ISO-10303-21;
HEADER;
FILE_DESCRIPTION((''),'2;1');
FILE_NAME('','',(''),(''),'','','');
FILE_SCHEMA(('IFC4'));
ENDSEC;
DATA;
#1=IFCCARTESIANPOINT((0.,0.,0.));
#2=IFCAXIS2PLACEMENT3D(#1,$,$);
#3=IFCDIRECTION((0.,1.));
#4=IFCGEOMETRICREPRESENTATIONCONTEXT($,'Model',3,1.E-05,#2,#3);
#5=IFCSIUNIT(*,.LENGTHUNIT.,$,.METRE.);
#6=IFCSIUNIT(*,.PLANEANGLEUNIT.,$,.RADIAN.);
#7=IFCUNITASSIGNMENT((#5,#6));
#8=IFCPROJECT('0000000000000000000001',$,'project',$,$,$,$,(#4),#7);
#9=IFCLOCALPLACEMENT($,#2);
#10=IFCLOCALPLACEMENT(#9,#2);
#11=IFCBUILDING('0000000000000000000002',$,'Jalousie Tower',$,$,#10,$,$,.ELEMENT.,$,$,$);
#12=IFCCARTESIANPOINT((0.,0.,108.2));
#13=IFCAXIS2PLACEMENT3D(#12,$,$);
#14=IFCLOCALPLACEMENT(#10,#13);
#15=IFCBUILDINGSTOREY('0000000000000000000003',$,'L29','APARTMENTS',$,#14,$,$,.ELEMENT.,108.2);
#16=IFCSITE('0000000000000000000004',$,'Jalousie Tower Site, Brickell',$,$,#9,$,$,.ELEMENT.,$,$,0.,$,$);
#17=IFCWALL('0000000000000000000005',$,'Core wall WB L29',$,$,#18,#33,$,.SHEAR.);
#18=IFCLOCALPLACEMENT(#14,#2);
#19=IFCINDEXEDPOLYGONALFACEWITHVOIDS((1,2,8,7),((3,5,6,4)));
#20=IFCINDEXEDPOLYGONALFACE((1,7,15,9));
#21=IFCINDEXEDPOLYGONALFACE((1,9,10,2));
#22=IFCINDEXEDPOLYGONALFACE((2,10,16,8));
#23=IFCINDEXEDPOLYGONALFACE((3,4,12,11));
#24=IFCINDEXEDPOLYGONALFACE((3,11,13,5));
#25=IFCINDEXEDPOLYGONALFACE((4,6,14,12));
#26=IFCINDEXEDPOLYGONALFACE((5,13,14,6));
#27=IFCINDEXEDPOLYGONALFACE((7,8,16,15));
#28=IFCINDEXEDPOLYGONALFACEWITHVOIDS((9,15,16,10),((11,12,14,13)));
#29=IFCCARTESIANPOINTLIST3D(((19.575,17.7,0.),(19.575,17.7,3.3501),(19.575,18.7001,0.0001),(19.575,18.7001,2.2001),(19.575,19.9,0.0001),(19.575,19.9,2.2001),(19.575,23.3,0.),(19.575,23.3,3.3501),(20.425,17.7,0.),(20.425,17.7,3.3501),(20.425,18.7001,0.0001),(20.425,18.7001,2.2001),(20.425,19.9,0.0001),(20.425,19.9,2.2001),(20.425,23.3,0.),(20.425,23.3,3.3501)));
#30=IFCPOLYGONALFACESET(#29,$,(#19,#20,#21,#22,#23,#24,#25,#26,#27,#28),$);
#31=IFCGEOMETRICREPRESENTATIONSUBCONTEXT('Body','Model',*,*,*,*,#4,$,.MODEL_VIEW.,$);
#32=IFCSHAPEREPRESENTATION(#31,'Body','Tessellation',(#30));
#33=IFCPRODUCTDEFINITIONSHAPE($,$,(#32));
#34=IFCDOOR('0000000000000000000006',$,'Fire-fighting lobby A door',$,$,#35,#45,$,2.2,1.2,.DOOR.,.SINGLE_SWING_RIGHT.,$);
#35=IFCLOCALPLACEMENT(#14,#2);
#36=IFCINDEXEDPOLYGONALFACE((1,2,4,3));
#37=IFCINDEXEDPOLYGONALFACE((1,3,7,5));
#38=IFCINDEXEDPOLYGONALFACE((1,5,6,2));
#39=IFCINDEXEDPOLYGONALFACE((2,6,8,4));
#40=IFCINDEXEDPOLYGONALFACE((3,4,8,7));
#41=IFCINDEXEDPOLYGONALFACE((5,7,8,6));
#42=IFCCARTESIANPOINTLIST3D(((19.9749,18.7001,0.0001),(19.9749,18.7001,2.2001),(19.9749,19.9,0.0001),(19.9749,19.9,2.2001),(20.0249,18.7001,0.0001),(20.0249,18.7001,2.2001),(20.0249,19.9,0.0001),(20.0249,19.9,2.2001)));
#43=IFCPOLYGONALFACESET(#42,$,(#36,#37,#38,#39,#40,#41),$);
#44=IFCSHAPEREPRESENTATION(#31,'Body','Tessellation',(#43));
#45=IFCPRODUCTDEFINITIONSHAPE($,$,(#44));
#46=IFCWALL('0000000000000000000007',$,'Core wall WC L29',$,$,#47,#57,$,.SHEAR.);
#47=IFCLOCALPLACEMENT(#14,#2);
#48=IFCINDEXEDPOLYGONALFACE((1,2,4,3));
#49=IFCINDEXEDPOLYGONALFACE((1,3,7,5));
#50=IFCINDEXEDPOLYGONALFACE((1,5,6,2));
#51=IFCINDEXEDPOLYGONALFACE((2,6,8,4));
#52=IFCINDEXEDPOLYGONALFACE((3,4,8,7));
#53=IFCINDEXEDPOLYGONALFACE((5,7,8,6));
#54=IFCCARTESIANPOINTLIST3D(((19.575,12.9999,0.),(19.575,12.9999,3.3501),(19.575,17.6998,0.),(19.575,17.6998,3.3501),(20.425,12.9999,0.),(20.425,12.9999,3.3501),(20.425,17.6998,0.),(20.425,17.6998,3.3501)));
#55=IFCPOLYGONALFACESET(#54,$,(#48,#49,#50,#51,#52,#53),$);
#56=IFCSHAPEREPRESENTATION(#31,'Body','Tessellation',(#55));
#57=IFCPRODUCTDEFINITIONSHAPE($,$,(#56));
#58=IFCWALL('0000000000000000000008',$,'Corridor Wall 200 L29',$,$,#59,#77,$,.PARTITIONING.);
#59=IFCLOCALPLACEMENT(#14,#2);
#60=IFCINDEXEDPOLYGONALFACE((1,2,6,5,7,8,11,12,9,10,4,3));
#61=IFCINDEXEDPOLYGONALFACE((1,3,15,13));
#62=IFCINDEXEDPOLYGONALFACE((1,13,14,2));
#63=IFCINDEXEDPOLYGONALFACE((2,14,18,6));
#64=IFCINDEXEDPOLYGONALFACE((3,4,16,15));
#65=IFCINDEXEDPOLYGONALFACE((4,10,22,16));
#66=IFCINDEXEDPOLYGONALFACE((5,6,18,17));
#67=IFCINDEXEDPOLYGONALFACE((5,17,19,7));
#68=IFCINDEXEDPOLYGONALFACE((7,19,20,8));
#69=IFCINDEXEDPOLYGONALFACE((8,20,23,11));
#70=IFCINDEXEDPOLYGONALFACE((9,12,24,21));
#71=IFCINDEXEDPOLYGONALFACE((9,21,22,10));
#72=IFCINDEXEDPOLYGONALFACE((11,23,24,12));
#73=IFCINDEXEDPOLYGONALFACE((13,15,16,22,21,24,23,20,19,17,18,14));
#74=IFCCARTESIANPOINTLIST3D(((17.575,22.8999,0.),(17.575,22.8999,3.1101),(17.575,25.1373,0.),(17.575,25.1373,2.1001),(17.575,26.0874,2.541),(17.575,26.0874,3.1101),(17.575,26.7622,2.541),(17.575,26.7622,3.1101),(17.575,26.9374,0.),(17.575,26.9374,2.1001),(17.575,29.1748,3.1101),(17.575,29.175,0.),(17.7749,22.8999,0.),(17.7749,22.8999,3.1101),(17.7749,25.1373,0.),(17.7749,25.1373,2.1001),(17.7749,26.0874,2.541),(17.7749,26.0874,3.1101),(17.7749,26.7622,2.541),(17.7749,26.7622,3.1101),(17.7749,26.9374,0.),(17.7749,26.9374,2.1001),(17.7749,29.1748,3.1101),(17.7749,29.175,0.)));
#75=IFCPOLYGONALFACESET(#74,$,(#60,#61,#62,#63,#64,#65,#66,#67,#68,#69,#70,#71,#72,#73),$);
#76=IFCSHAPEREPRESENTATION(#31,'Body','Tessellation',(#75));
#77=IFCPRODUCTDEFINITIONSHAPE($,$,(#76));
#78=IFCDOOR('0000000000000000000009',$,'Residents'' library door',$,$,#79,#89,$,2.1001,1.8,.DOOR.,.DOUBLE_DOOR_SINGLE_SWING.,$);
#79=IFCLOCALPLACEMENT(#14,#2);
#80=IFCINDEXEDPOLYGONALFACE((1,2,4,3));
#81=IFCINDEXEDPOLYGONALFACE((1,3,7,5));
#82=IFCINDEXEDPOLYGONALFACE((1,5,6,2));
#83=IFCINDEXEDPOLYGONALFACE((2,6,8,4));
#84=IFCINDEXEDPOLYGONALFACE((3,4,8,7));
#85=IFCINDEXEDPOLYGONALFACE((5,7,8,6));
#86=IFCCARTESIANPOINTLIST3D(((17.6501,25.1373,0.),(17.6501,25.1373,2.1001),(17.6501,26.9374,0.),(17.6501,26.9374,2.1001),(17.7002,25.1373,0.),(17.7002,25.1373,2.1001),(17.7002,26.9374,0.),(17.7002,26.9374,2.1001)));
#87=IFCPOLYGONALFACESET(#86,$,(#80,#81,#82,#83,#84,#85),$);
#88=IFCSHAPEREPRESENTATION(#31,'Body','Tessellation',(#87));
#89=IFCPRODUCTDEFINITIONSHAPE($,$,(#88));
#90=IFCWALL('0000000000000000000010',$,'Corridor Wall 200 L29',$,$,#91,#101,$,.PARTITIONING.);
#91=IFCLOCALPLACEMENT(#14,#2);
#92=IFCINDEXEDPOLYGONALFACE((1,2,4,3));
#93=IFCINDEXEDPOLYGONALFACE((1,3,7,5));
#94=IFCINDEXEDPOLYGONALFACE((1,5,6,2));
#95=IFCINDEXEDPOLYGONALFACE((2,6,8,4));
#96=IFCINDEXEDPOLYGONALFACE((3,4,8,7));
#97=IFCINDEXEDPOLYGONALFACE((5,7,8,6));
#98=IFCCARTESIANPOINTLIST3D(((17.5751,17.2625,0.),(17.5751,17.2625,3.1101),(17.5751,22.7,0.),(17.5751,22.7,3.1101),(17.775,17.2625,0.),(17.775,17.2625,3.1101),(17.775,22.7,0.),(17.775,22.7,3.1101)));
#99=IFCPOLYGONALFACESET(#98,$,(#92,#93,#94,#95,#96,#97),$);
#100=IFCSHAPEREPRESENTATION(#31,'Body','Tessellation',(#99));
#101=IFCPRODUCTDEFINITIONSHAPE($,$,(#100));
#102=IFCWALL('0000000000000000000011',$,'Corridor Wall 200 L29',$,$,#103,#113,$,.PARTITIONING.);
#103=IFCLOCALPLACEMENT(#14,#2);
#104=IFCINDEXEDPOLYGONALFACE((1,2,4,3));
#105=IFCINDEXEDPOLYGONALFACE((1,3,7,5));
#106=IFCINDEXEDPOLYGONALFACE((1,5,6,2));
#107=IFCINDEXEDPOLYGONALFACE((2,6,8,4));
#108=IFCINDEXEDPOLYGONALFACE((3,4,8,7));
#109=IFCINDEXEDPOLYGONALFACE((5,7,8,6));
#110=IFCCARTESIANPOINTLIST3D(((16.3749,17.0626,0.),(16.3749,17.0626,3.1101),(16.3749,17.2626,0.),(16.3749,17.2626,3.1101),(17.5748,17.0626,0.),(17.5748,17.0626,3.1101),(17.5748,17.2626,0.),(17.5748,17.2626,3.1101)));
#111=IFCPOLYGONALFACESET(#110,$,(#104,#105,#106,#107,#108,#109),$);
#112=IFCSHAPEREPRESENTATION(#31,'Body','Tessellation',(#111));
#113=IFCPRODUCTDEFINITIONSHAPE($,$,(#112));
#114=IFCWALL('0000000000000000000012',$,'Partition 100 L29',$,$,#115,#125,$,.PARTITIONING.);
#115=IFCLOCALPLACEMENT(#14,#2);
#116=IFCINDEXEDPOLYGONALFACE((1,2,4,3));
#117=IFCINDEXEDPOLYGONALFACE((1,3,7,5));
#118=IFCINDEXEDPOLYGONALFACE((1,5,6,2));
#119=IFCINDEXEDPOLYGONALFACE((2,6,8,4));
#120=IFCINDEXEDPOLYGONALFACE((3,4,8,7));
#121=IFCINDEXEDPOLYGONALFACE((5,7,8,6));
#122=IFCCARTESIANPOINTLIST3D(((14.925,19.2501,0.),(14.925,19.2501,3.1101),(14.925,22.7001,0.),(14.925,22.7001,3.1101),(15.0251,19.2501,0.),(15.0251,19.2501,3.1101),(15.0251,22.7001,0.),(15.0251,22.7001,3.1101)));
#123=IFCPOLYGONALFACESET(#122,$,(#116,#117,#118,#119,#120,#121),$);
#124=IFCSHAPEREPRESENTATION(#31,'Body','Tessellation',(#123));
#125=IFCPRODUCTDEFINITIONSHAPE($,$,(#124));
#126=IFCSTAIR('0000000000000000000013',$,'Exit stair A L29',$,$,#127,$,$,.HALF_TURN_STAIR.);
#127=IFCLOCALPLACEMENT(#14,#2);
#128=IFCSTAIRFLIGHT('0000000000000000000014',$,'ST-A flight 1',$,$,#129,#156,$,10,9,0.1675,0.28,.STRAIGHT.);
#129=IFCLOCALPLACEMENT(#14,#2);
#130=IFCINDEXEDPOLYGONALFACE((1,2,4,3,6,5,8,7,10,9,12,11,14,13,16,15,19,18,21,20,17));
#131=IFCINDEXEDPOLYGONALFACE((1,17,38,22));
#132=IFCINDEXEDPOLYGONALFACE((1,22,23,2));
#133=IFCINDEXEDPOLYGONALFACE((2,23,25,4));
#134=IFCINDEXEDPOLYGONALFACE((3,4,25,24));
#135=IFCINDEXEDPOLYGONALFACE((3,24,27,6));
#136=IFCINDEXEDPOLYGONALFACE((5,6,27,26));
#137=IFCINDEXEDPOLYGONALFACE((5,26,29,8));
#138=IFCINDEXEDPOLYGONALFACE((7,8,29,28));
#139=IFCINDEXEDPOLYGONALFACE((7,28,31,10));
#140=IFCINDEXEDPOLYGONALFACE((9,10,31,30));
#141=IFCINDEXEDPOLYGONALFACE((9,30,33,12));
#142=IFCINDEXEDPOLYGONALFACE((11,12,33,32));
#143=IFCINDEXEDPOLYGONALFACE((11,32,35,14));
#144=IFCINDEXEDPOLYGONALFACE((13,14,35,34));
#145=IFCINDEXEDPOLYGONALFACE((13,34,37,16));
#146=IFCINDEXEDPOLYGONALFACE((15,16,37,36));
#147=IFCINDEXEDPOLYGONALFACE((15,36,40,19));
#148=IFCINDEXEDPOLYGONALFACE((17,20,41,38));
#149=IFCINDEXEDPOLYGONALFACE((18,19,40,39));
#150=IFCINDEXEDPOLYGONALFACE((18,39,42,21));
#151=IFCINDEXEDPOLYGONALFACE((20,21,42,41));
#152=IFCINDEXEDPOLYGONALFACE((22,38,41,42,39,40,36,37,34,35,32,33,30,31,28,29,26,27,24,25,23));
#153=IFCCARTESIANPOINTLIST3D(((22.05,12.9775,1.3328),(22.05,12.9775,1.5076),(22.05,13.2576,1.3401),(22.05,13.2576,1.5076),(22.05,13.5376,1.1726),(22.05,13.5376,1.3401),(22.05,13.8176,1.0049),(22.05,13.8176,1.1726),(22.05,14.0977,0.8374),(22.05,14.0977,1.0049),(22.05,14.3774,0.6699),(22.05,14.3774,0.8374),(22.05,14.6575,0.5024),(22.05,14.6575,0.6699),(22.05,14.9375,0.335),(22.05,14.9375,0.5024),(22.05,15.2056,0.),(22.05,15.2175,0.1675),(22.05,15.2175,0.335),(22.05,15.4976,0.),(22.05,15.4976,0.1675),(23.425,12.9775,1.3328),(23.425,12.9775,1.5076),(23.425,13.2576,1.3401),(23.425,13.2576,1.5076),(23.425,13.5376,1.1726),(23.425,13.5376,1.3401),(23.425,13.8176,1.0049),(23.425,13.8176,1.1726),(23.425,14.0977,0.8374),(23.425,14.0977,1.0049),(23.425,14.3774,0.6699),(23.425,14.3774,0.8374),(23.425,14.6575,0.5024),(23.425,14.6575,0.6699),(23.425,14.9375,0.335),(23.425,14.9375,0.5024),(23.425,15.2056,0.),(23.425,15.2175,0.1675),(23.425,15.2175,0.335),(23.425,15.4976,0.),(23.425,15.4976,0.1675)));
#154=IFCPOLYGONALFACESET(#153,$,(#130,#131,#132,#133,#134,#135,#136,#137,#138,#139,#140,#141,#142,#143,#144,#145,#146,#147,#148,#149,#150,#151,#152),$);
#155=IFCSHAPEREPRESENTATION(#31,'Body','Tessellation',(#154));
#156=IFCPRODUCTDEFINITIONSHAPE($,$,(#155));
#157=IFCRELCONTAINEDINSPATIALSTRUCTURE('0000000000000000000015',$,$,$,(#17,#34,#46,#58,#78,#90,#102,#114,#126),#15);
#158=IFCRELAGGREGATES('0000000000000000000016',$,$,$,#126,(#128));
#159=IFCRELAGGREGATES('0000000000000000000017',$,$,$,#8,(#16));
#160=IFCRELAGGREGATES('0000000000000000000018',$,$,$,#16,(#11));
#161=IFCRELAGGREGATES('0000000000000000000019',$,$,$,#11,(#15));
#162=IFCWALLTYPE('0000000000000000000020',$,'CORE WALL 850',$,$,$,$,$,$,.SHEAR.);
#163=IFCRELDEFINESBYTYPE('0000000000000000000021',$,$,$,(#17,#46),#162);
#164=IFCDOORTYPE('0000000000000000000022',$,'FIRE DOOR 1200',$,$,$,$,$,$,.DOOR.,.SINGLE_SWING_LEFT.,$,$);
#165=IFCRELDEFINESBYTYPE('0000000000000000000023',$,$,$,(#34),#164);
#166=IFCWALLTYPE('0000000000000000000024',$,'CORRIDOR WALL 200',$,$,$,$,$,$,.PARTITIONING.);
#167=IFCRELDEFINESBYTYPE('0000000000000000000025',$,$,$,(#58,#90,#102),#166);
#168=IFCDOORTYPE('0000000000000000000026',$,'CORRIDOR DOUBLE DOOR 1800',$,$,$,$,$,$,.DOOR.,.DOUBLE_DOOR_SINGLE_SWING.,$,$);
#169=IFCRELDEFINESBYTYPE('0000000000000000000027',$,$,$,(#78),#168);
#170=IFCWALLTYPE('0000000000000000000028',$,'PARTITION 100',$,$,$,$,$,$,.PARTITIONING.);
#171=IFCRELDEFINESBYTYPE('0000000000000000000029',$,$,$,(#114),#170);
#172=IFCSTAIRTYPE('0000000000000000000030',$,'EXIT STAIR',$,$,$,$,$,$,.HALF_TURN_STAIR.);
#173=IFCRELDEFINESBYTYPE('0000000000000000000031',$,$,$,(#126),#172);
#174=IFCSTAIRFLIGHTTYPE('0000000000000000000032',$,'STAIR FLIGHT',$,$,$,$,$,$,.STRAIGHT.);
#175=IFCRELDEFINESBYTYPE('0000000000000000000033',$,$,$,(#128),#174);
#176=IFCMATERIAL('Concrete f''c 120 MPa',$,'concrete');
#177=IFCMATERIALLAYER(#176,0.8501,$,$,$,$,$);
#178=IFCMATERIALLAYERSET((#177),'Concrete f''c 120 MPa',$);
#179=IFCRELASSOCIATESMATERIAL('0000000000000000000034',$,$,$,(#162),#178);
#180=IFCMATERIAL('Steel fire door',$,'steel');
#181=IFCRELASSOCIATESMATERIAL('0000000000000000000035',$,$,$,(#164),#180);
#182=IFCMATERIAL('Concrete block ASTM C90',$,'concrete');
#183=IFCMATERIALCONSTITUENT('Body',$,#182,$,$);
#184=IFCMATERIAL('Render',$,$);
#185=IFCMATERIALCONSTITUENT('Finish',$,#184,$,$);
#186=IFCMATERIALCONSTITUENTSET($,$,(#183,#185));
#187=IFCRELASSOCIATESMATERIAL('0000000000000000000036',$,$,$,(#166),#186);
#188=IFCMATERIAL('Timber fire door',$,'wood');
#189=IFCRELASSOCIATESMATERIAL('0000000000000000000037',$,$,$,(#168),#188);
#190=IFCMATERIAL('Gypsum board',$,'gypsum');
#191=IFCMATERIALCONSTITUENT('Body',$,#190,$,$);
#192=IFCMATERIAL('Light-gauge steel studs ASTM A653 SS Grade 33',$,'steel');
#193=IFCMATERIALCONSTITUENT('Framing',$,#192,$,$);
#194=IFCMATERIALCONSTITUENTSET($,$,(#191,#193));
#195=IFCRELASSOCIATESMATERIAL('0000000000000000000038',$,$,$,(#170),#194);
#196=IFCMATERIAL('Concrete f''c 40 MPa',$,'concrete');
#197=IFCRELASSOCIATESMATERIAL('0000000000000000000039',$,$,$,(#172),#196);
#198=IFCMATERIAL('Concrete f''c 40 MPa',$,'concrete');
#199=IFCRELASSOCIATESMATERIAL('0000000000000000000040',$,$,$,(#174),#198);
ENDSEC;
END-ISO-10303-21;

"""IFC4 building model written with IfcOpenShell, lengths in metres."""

from ifc_helpers import new_model, si_unit, direction, frame, frame_2d, origin, place, context, subcontext, project, spatial, polyline, rectangle, outline, extrude, material, layer, layer_set, constituent, constituent_set, type_object, element, fill, aggregate, save


model = new_model("IFC4")

# Units and contexts
model_context = context("Model", 3, precision=1e-05, world=origin(), true_north=direction((0.0, 1.0)))
body_context = subcontext(model_context, "Body", "Model", "MODEL_VIEW")
ifc_project = project(units=[si_unit("LENGTHUNIT", "METRE"), si_unit("PLANEANGLEUNIT", "RADIAN")], contexts=[model_context])

# Site, building, storey
site_placement = place(None, origin())
site = spatial("IfcSite", under=ifc_project, at=site_placement, Name="Jalousie Tower Site, Brickell", CompositionType="ELEMENT", RefElevation=0.0)
building_placement = place(site_placement, origin())
building = spatial("IfcBuilding", under=site, at=building_placement, Name="Jalousie Tower", CompositionType="ELEMENT")
storey_placement = place(building_placement, frame((0.0, 0.0, 108.2)))
storey = spatial("IfcBuildingStorey", under=building, at=storey_placement, Name="L29", Description="APARTMENTS", CompositionType="ELEMENT", Elevation=108.2)

# Shared definitions
ifc_material_1 = material(Name="Concrete f'c 120 MPa", Category="concrete")
ifc_layer_1 = layer(ifc_material_1, 0.8501)
ifc_layer_set_1 = layer_set([ifc_layer_1], Name="Concrete f'c 120 MPa")
wall_type_1 = type_object("IfcWallType", Name="CORE WALL 850", PredefinedType="SHEAR", material=ifc_layer_set_1)

# Wall, opening, door
wall_1_placement = place(storey_placement, frame((20.0, 23.3, 0.0), z_axis=(0.0, 0.0, 1.0), x_axis=(0.0, -1.0, 0.0)))
wall_1 = element("IfcWall", 1, at=wall_1_placement, inside=storey, type_object=wall_type_1, Name="Core wall WB L29", PredefinedType="SHEAR", context=body_context, shape_type="SweptSolid", body=[
    extrude(rectangle(XDim=5.6001, YDim=0.8501, at=frame_2d((2.8, 0.0))), origin(), (0.0, 0.0, 1.0), 3.3501),
])
opening_1_placement = place(wall_1_placement, frame((3.3999, 0.0, 0.0)))
opening_1 = element("IfcOpeningElement", 2, at=opening_1_placement, cuts=wall_1, PredefinedType="OPENING", context=body_context, shape_type="SweptSolid", body=[
    extrude(rectangle(XDim=1.2, YDim=2.2, at=frame_2d((0.6001, 1.1001))), frame((0.0, 0.4351, 0.0), z_axis=(0.0, -1.0, 0.0), x_axis=(1.0, 0.0, 0.0)), (0.0, 0.0, 1.0), 0.8701),
])
ifc_material_2 = material(Name="Steel fire door", Category="steel")
door_type_1 = type_object("IfcDoorType", Name="FIRE DOOR 1200", OperationType="SINGLE_SWING_LEFT", PredefinedType="DOOR", material=ifc_material_2)
door_1_placement = place(opening_1_placement, origin())
door_1 = element("IfcDoor", 3, at=door_1_placement, inside=storey, type_object=door_type_1, Name="Fire-fighting lobby A door", OperationType="SINGLE_SWING_RIGHT", OverallHeight=2.2, OverallWidth=1.2, PredefinedType="DOOR", context=body_context, shape_type="SweptSolid", body=[
    extrude(rectangle(XDim=1.2, YDim=2.2, at=frame_2d((0.6001, 1.1001))), frame((0.0, 0.0249, 0.0), z_axis=(0.0, -1.0, 0.0), x_axis=(1.0, 0.0, 0.0)), (0.0, 0.0, 1.0), 0.05),
])
fill(opening_1, door_1)

# Wall
wall_2_placement = place(storey_placement, frame((20.0, 17.7, 0.0), z_axis=(0.0, 0.0, 1.0), x_axis=(0.0, -1.0, 0.0)))
element("IfcWall", 4, at=wall_2_placement, inside=storey, type_object=wall_type_1, Name="Core wall WC L29", PredefinedType="SHEAR", context=body_context, shape_type="SweptSolid", body=[
    extrude(rectangle(XDim=4.7, YDim=0.8501, at=frame_2d((2.3501, 0.0))), origin(), (0.0, 0.0, 1.0), 3.3501),
])

# Wall, opening, door
ifc_material_3 = material(Name="Concrete block ASTM C90", Category="concrete")
ifc_constituent_1 = constituent(ifc_material_3, Name="Body")
ifc_material_4 = material(Name="Render")
ifc_constituent_2 = constituent(ifc_material_4, Name="Finish")
ifc_constituent_set_1 = constituent_set(constituents=[ifc_constituent_1, ifc_constituent_2])
wall_type_2 = type_object("IfcWallType", Name="CORRIDOR WALL 200", PredefinedType="PARTITIONING", material=ifc_constituent_set_1)
wall_3_placement = place(storey_placement, frame((17.675, 22.8999, 0.0), z_axis=(0.0, 0.0, 1.0), x_axis=(0.0, 1.0, 0.0)))
wall_3 = element("IfcWall", 5, at=wall_3_placement, inside=storey, type_object=wall_type_2, Name="Corridor Wall 200 L29", PredefinedType="PARTITIONING", context=body_context, shape_type="SweptSolid", body=[
    extrude(outline(polyline([(0.0, 0.0), (6.2751, 0.0), (6.2749, 3.1101), (3.8623, 3.1101), (3.8623, 2.541), (3.1875, 2.541), (3.1875, 3.1101), (0.0, 3.1101), (0.0, 0.0)])), frame((0.0, 0.1001, 0.0), z_axis=(0.0, -1.0, 0.0), x_axis=(1.0, 0.0, 0.0)), (0.0, 0.0, 1.0), 0.2),
])
opening_2_placement = place(wall_3_placement, frame((2.2375, 0.0, 0.0)))
opening_2 = element("IfcOpeningElement", 6, at=opening_2_placement, cuts=wall_3, PredefinedType="OPENING", context=body_context, shape_type="SweptSolid", body=[
    extrude(rectangle(XDim=1.8, YDim=2.1001, at=frame_2d((0.8999, 1.05))), frame((0.0, 0.1099, 0.0), z_axis=(0.0, -1.0, 0.0), x_axis=(1.0, 0.0, 0.0)), (0.0, 0.0, 1.0), 0.22),
])
ifc_material_5 = material(Name="Timber fire door", Category="wood")
door_type_2 = type_object("IfcDoorType", Name="CORRIDOR DOUBLE DOOR 1800", OperationType="DOUBLE_DOOR_SINGLE_SWING", PredefinedType="DOOR", material=ifc_material_5)
door_2_placement = place(opening_2_placement, origin())
door_2 = element("IfcDoor", 7, at=door_2_placement, inside=storey, type_object=door_type_2, Name="Residents' library door", OperationType="DOUBLE_DOOR_SINGLE_SWING", OverallHeight=2.1001, OverallWidth=1.8, PredefinedType="DOOR", context=body_context, shape_type="SweptSolid", body=[
    extrude(rectangle(XDim=1.8, YDim=2.1001, at=frame_2d((0.8999, 1.05))), frame((0.0, 0.0249, 0.0), z_axis=(0.0, -1.0, 0.0), x_axis=(1.0, 0.0, 0.0)), (0.0, 0.0, 1.0), 0.05),
])
fill(opening_2, door_2)

# Walls
wall_4_placement = place(storey_placement, frame((17.675, 17.2625, 0.0), z_axis=(0.0, 0.0, 1.0), x_axis=(0.0, 1.0, 0.0)))
element("IfcWall", 8, at=wall_4_placement, inside=storey, type_object=wall_type_2, Name="Corridor Wall 200 L29", PredefinedType="PARTITIONING", context=body_context, shape_type="SweptSolid", body=[
    extrude(rectangle(XDim=5.4375, YDim=0.2, at=frame_2d((2.7188, 0.0))), origin(), (0.0, 0.0, 1.0), 3.1101),
])
wall_5_placement = place(storey_placement, frame((17.575, 17.1626, 0.0), z_axis=(0.0, 0.0, 1.0), x_axis=(-1.0, 0.0, 0.0)))
element("IfcWall", 9, at=wall_5_placement, inside=storey, type_object=wall_type_2, Name="Corridor Wall 200 L29", PredefinedType="PARTITIONING", context=body_context, shape_type="SweptSolid", body=[
    extrude(rectangle(XDim=1.2, YDim=0.2, at=frame_2d((0.6001, 0.0))), origin(), (0.0, 0.0, 1.0), 3.1101),
])
ifc_material_6 = material(Name="Gypsum board", Category="gypsum")
ifc_constituent_3 = constituent(ifc_material_6, Name="Body")
ifc_material_7 = material(Name="Light-gauge steel studs ASTM A653 SS Grade 33", Category="steel")
ifc_constituent_4 = constituent(ifc_material_7, Name="Framing")
ifc_constituent_set_2 = constituent_set(constituents=[ifc_constituent_3, ifc_constituent_4])
wall_type_3 = type_object("IfcWallType", Name="PARTITION 100", PredefinedType="PARTITIONING", material=ifc_constituent_set_2)
wall_6_placement = place(storey_placement, frame((14.9751, 19.25, 0.0), z_axis=(0.0, 0.0, 1.0), x_axis=(0.0, 1.0, 0.0)))
element("IfcWall", 10, at=wall_6_placement, inside=storey, type_object=wall_type_3, Name="Partition 100 L29", PredefinedType="PARTITIONING", context=body_context, shape_type="SweptSolid", body=[
    extrude(rectangle(XDim=3.45, YDim=0.1001, at=frame_2d((1.7251, 0.0))), origin(), (0.0, 0.0, 1.0), 3.1101),
])

# Stair, stair flight
ifc_material_8 = material(Name="Concrete f'c 40 MPa", Category="concrete")
stair_type = type_object("IfcStairType", Name="EXIT STAIR", PredefinedType="HALF_TURN_STAIR", material=ifc_material_8)
stair_placement = place(storey_placement, origin())
stair = element("IfcStair", 11, at=stair_placement, inside=storey, type_object=stair_type, Name="Exit stair A L29", PredefinedType="HALF_TURN_STAIR")
ifc_material_9 = material(Name="Concrete f'c 40 MPa", Category="concrete")
stair_flight_type = type_object("IfcStairFlightType", Name="STAIR FLIGHT", PredefinedType="STRAIGHT", material=ifc_material_9)
stair_flight_placement = place(storey_placement, frame((22.7375, 15.4976, 0.0), z_axis=(0.0, 0.0, 1.0), x_axis=(0.0, -1.0, 0.0)))
stair_flight = element("IfcStairFlight", 12, at=stair_flight_placement, type_object=stair_flight_type, Name="ST-A flight 1", NumberOfRisers=10, NumberOfTreads=9, PredefinedType="STRAIGHT", RiserHeight=0.1675, TreadLength=0.28, context=body_context, shape_type="SweptSolid", body=[
    extrude(outline(polyline([(0.0, 0.0), (0.0, 0.1675), (0.28, 0.1675), (0.28, 0.335), (0.5601, 0.335), (0.5601, 0.5024), (0.8401, 0.5024), (0.8401, 0.6699), (1.1201, 0.6699), (1.1201, 0.8374), (1.3999, 0.8374), (1.3999, 1.0049), (1.6799, 1.0049), (1.6799, 1.1726), (1.96, 1.1726), (1.96, 1.3401), (2.24, 1.3401), (2.24, 1.5076), (2.52, 1.5076), (2.52, 1.675), (2.52, 1.3328), (0.292, 0.0), (0.0, 0.0)])), frame((0.0, 0.6875, 0.0), z_axis=(0.0, -1.0, 0.0), x_axis=(1.0, 0.0, 0.0)), (0.0, 0.0, 1.0), 1.375),
])
aggregate(stair, [stair_flight])

save(model, "model.ifc")
